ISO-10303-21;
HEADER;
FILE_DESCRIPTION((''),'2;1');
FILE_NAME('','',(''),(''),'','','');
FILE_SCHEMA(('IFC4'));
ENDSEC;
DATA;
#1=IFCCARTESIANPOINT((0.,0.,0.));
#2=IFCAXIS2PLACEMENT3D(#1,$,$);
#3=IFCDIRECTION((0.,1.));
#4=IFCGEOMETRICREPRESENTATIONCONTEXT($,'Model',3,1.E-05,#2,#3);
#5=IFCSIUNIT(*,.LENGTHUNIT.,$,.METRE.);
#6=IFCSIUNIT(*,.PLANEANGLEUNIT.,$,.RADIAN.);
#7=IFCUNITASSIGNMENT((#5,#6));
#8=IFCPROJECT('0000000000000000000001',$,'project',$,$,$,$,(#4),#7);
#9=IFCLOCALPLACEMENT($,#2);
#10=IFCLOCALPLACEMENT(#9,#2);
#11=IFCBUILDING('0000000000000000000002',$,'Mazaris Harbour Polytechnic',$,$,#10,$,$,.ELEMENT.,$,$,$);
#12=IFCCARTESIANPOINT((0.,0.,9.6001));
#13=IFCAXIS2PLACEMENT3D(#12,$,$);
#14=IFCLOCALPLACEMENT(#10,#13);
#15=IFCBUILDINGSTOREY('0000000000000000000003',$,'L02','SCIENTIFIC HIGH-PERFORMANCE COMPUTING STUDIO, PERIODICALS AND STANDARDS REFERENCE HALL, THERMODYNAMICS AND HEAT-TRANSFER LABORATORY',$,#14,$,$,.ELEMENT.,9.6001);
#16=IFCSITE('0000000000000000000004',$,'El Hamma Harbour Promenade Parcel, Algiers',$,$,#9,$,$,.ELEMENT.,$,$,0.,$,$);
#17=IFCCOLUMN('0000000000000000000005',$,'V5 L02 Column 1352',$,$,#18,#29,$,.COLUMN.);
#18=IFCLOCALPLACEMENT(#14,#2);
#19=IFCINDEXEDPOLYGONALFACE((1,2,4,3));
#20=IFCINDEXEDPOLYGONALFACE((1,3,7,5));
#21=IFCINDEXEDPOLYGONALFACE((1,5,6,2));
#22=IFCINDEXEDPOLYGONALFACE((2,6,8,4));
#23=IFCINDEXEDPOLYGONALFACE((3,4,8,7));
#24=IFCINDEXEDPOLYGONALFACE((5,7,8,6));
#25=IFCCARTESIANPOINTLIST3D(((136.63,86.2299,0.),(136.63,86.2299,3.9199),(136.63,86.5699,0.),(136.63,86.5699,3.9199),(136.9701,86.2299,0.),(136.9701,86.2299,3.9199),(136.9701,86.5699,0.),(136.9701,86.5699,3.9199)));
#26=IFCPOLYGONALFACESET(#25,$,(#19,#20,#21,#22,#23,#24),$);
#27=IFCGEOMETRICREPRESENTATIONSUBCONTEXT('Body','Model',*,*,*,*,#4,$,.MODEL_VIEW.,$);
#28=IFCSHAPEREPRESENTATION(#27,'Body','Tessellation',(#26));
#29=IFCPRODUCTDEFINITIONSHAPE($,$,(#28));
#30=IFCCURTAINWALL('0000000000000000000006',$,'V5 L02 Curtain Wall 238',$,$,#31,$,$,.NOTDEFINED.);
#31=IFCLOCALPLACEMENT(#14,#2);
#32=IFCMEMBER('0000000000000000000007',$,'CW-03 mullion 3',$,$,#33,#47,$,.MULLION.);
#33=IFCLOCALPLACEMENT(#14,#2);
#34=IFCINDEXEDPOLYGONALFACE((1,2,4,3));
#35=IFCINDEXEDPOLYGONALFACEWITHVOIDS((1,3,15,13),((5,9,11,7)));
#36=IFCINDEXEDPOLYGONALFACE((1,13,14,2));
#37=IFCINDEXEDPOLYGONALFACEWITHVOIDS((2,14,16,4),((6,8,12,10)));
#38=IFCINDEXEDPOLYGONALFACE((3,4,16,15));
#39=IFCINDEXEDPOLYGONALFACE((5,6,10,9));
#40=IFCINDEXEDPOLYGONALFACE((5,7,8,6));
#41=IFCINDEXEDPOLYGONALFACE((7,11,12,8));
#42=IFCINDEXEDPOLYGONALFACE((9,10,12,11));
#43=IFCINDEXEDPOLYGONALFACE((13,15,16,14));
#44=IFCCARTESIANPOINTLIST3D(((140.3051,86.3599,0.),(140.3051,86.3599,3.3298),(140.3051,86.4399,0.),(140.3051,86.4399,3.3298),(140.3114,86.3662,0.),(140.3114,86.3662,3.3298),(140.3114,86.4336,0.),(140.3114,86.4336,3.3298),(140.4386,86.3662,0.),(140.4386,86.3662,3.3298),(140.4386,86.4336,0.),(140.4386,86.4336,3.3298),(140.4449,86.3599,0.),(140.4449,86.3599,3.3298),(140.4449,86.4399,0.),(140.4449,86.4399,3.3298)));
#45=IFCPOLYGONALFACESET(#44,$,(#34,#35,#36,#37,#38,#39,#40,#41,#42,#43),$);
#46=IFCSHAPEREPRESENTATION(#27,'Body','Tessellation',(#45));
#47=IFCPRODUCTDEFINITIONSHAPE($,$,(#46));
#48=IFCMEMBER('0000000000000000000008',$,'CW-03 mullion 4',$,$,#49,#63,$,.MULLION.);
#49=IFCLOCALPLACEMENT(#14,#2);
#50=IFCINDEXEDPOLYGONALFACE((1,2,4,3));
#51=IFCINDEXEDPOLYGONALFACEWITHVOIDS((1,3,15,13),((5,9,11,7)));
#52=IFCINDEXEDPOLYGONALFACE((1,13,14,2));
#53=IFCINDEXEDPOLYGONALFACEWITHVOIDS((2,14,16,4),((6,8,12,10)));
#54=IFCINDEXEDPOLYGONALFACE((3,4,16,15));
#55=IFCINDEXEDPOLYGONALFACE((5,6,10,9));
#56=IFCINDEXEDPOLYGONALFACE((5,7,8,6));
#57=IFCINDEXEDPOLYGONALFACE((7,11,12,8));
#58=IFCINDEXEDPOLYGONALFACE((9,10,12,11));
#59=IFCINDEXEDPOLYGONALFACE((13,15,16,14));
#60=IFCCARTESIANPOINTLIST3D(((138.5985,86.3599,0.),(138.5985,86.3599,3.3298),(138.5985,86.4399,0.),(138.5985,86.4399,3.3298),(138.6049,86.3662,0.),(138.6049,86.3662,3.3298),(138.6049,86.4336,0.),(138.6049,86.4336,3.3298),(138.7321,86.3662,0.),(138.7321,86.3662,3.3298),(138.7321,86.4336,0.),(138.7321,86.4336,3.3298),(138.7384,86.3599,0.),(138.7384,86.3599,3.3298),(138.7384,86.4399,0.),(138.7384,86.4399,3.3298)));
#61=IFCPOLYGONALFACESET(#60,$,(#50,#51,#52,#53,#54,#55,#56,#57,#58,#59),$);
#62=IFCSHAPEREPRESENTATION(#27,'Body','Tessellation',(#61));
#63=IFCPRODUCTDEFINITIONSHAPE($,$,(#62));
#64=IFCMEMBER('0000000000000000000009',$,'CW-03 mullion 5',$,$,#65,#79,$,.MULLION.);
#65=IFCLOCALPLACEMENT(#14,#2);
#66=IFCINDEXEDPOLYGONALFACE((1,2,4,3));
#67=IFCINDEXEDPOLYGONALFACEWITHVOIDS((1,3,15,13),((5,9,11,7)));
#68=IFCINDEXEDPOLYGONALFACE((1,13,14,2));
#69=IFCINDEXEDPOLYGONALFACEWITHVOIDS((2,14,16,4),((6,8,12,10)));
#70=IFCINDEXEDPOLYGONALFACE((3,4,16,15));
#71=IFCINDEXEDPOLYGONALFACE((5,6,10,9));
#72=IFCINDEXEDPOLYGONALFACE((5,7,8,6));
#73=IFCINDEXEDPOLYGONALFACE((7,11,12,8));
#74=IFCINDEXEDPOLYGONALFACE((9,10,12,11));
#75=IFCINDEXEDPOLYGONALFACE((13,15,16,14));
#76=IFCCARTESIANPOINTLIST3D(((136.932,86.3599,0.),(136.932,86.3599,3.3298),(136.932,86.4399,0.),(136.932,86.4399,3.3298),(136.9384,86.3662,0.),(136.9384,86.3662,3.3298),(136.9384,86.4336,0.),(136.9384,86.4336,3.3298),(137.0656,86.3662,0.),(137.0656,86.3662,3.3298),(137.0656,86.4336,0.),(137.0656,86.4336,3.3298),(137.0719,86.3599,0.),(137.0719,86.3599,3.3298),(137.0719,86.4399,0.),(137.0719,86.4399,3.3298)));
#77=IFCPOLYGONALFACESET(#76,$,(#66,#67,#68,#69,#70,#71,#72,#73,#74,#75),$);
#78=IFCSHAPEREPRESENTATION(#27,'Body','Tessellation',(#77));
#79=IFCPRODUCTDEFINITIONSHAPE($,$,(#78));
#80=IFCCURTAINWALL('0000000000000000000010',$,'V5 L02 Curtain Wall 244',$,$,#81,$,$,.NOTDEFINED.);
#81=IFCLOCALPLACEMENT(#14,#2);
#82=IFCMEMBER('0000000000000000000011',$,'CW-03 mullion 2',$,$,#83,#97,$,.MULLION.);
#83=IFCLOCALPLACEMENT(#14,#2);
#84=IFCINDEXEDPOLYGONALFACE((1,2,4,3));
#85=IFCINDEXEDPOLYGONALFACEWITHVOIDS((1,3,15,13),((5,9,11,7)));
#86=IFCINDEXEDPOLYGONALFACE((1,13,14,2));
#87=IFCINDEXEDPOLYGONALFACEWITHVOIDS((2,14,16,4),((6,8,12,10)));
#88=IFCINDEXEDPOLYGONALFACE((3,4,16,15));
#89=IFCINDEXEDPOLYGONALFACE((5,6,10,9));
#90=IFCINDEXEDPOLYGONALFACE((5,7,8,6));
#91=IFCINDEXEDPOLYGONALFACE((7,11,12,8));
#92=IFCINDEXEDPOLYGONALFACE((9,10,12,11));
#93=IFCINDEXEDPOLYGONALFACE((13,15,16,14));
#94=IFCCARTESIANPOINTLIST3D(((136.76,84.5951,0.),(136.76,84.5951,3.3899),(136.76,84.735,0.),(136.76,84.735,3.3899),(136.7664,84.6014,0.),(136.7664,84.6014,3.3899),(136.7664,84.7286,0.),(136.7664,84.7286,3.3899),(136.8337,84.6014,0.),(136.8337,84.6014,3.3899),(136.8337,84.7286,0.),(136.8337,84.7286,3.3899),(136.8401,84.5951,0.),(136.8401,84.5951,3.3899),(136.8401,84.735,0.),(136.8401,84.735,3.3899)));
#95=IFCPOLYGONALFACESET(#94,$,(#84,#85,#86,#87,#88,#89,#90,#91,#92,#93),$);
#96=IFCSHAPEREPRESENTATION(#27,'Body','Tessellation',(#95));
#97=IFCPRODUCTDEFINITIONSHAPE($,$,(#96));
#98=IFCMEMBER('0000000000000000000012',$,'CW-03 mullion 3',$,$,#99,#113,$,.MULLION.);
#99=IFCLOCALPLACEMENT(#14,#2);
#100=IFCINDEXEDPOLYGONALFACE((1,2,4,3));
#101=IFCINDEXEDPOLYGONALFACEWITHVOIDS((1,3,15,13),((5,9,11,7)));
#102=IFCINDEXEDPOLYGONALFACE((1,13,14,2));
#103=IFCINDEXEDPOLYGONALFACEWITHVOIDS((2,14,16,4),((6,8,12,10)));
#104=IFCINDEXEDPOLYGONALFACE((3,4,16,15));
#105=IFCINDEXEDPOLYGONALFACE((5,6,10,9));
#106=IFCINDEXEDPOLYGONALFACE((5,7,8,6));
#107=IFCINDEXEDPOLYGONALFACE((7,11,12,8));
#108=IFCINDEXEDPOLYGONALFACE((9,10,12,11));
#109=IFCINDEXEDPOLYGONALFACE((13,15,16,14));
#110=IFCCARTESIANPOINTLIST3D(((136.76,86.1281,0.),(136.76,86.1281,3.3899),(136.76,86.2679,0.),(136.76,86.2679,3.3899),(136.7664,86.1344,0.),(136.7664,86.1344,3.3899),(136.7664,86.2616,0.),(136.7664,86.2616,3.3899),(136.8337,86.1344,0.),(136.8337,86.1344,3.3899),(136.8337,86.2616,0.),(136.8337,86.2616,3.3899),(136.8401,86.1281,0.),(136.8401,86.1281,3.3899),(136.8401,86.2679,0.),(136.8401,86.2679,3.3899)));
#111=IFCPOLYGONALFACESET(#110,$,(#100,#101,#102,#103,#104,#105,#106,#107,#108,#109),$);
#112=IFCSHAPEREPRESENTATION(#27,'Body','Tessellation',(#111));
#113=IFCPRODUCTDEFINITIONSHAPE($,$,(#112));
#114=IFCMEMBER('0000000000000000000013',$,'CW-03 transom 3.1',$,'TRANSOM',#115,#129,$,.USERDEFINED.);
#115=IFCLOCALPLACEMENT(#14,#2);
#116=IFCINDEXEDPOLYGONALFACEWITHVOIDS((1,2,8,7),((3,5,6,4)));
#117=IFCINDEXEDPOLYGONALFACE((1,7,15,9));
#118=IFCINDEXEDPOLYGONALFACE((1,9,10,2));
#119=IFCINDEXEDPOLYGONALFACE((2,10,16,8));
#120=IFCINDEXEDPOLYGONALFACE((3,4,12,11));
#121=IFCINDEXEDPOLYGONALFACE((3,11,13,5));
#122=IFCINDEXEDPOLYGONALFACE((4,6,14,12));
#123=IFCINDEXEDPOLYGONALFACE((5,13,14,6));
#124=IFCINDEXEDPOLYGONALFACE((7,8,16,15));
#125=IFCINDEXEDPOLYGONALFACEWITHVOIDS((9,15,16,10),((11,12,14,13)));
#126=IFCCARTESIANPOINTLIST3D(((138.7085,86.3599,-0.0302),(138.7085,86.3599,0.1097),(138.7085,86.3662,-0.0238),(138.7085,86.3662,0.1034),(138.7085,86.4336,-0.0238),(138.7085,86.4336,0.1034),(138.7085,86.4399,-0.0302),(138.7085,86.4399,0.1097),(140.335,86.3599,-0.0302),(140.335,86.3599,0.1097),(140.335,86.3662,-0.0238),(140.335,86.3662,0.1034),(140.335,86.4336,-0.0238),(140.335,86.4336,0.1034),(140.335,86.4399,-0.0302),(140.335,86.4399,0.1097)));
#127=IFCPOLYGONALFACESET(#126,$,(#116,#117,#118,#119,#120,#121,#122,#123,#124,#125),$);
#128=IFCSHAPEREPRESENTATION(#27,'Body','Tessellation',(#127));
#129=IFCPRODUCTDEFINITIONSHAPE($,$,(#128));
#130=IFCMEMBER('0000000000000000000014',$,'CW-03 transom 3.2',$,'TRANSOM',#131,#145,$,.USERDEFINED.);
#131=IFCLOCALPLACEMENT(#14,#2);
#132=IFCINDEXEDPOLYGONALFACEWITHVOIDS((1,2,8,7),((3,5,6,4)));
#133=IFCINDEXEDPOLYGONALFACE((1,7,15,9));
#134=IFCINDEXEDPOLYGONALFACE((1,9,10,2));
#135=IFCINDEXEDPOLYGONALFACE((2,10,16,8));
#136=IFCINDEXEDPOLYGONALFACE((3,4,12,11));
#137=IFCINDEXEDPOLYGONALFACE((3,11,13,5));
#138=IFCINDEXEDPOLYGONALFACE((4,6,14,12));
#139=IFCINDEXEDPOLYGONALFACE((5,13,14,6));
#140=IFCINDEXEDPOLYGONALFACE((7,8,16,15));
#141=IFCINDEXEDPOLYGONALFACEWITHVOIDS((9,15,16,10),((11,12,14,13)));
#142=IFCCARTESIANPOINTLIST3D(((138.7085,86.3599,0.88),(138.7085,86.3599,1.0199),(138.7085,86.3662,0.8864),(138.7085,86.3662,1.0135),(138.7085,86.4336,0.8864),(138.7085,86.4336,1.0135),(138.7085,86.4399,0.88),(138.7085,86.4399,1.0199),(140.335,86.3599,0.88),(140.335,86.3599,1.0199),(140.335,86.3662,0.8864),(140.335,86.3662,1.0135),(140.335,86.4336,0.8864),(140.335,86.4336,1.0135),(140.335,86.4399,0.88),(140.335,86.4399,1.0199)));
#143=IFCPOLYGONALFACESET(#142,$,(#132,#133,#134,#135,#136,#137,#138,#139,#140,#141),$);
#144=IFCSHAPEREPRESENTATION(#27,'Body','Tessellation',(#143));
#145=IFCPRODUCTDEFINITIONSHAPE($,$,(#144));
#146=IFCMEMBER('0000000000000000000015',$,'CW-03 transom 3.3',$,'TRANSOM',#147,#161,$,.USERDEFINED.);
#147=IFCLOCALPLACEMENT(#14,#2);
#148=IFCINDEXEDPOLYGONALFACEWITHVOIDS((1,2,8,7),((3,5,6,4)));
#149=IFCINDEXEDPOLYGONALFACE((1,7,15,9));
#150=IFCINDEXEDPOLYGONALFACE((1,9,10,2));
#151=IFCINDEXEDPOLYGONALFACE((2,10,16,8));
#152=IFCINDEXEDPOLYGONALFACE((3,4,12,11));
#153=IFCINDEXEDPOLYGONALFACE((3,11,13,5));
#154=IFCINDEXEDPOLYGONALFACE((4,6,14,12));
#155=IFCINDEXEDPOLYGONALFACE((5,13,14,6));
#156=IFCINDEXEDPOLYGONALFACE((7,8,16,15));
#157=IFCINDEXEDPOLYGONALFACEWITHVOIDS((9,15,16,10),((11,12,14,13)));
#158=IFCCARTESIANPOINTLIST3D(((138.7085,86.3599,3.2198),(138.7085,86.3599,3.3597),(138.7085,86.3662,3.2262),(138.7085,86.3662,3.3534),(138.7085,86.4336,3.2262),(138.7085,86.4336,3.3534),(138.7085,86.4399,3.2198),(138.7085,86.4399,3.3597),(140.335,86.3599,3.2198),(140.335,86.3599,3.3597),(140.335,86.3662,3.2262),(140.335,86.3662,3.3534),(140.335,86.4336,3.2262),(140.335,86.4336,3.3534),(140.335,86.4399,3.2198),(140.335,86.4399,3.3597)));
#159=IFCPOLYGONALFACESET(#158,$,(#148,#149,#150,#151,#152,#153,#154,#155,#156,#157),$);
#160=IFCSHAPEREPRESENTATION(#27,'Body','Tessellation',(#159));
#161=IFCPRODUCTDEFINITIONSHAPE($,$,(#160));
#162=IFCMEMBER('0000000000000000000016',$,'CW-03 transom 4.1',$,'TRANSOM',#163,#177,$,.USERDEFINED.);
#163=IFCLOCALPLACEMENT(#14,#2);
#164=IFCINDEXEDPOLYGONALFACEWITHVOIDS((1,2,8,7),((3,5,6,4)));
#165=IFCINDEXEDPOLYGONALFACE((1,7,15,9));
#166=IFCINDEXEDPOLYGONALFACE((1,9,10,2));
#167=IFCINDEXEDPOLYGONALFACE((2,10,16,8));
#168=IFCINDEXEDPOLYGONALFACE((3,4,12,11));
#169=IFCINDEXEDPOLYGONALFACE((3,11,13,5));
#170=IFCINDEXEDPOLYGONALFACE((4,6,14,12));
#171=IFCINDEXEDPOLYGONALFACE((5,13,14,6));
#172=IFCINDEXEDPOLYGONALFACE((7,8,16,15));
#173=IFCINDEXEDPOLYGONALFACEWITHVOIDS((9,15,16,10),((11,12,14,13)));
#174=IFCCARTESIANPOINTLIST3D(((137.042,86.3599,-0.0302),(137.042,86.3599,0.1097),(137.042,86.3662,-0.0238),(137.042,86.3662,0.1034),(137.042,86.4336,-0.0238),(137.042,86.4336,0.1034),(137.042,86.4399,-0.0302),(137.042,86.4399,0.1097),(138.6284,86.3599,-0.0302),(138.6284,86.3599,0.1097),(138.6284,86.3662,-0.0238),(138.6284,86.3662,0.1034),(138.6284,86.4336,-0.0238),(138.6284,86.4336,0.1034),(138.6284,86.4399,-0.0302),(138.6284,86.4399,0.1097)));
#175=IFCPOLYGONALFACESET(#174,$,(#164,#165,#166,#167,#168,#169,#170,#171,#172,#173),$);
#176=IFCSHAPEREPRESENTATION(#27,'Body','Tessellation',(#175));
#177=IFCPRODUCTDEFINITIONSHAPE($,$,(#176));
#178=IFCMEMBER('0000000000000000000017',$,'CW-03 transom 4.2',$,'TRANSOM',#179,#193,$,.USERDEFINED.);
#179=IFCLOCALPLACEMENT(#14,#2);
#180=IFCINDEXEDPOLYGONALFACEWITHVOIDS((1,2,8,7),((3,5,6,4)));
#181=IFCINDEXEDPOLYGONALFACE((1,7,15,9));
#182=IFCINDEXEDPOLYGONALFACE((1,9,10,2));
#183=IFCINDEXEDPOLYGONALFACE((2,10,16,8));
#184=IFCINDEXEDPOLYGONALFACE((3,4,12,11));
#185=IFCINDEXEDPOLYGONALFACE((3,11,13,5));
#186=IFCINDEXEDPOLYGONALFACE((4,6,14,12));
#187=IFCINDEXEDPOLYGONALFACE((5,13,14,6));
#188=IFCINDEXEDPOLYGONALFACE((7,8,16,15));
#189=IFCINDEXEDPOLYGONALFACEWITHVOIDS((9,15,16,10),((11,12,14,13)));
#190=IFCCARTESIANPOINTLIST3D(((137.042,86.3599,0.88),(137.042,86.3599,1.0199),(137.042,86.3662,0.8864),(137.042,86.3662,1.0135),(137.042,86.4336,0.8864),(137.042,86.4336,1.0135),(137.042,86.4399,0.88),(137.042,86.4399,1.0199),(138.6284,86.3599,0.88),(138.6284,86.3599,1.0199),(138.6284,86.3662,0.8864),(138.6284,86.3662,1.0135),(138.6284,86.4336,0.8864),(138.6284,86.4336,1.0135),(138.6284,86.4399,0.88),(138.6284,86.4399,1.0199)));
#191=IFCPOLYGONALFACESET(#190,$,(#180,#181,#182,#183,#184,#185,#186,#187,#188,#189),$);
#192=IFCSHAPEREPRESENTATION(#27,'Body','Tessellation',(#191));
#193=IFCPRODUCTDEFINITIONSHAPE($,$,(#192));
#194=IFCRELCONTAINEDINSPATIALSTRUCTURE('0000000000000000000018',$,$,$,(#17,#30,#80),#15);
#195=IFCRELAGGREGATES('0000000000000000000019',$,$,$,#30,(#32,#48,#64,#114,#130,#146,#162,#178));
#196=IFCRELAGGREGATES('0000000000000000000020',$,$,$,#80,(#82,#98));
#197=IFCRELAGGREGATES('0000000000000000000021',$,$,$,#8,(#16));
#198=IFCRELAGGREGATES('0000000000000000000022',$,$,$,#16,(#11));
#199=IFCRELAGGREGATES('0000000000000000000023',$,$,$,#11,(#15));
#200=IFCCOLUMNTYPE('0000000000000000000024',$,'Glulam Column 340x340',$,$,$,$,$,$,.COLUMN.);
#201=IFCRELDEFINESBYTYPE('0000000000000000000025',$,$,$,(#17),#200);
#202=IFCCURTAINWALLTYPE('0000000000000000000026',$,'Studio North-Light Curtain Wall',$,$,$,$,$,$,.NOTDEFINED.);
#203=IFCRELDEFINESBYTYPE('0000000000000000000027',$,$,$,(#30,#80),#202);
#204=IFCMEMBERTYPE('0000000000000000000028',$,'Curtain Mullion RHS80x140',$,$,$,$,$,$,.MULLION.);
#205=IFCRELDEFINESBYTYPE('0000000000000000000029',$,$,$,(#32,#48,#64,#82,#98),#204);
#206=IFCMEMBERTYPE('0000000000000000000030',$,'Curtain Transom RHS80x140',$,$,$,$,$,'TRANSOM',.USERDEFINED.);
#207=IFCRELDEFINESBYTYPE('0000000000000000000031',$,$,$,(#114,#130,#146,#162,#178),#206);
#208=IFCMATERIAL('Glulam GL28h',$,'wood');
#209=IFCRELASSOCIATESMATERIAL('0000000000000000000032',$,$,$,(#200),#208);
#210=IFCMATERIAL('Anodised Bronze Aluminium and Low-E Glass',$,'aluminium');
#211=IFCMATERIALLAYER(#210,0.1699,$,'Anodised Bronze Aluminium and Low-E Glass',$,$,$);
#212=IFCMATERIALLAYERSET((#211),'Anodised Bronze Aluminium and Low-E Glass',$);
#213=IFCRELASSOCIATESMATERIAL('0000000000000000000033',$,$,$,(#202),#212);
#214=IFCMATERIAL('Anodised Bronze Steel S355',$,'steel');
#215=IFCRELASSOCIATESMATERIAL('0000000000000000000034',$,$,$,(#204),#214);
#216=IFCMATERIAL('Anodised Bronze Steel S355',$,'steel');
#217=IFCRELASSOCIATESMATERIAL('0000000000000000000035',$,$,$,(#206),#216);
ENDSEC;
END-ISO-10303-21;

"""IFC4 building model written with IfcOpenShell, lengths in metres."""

from ifc_helpers import new_model, si_unit, direction, frame, origin, origin_2d, place, context, subcontext, project, spatial, rectangle, hollow_rectangle, extrude, material, layer, layer_set, material_profile, profile_set, type_object, element, aggregate, save


model = new_model("IFC4")

# Units and contexts
model_context = context("Model", 3, precision=1e-05, world=origin(), true_north=direction((0.0, 1.0)))
body_context = subcontext(model_context, "Body", "Model", "MODEL_VIEW")
ifc_project = project(units=[si_unit("LENGTHUNIT", "METRE"), si_unit("PLANEANGLEUNIT", "RADIAN")], contexts=[model_context])

# Site, building, storey
site_placement = place(None, origin())
site = spatial("IfcSite", under=ifc_project, at=site_placement, Name="El Hamma Harbour Promenade Parcel, Algiers", CompositionType="ELEMENT", RefElevation=0.0)
building_placement = place(site_placement, origin())
building = spatial("IfcBuilding", under=site, at=building_placement, Name="Mazaris Harbour Polytechnic", CompositionType="ELEMENT")
storey_placement = place(building_placement, frame((0.0, 0.0, 9.6001)))
storey = spatial("IfcBuildingStorey", under=building, at=storey_placement, Name="L02", Description="SCIENTIFIC HIGH-PERFORMANCE COMPUTING STUDIO, PERIODICALS AND STANDARDS REFERENCE HALL, THERMODYNAMICS AND HEAT-TRANSFER LABORATORY", CompositionType="ELEMENT", Elevation=9.6001)

# Column
ifc_material_1 = material(Name="Glulam GL28h", Category="wood")
ifc_material_profile_1 = material_profile(ifc_material_1, rectangle(XDim=0.3401, YDim=0.3401, at=origin_2d()), Name="RECT340x340")
ifc_profile_set_1 = profile_set([ifc_material_profile_1], Name="Glulam GL28h")
column_type = type_object("IfcColumnType", Name="Glulam Column 340x340", PredefinedType="COLUMN", material=ifc_profile_set_1)
column_placement = place(storey_placement, frame((136.8, 86.3999, 0.0), z_axis=(0.0, 0.0, 1.0), x_axis=(1.0, 0.0, 0.0)))
element("IfcColumn", 1, at=column_placement, inside=storey, type_object=column_type, Name="V5 L02 Column 1352", PredefinedType="COLUMN", context=body_context, shape_type="SweptSolid", body=[
    extrude(rectangle(XDim=0.3401, YDim=0.3401, at=origin_2d()), origin(), (0.0, 0.0, 1.0), 3.9199),
])

# Curtain walls, members
ifc_material_2 = material(Name="Anodised Bronze Aluminium and Low-E Glass", Category="aluminium")
ifc_layer_1 = layer(ifc_material_2, 0.1699, Name="Anodised Bronze Aluminium and Low-E Glass")
ifc_layer_set_1 = layer_set([ifc_layer_1], Name="Anodised Bronze Aluminium and Low-E Glass")
curtain_wall_type = type_object("IfcCurtainWallType", Name="Studio North-Light Curtain Wall", PredefinedType="NOTDEFINED", material=ifc_layer_set_1)
curtain_wall_1_placement = place(storey_placement, origin())
curtain_wall_1 = element("IfcCurtainWall", 2, at=curtain_wall_1_placement, inside=storey, type_object=curtain_wall_type, Name="V5 L02 Curtain Wall 238", PredefinedType="NOTDEFINED")
ifc_material_3 = material(Name="Anodised Bronze Steel S355", Category="steel")
ifc_material_profile_2 = material_profile(ifc_material_3, hollow_rectangle(XDim=0.0801, YDim=0.1399, WallThickness=0.0063, at=origin_2d()), Name="RHS 80x140x6.3")
ifc_profile_set_2 = profile_set([ifc_material_profile_2], Name="Anodised Bronze Steel S355")
member_type_1 = type_object("IfcMemberType", Name="Curtain Mullion RHS80x140", PredefinedType="MULLION", material=ifc_profile_set_2)
member_1_placement = place(storey_placement, frame((140.375, 86.3999, 0.0), z_axis=(0.0, 0.0, 1.0), x_axis=(0.0, -1.0, 0.0)))
member_1 = element("IfcMember", 3, at=member_1_placement, type_object=member_type_1, Name="CW-03 mullion 3", PredefinedType="MULLION", context=body_context, shape_type="SweptSolid", body=[
    extrude(hollow_rectangle(XDim=0.0801, YDim=0.1399, WallThickness=0.0063, at=origin_2d()), origin(), (0.0, 0.0, 1.0), 3.3298),
])
member_2_placement = place(storey_placement, frame((138.6685, 86.3999, 0.0), z_axis=(0.0, 0.0, 1.0), x_axis=(0.0, -1.0, 0.0)))
member_2 = element("IfcMember", 4, at=member_2_placement, type_object=member_type_1, Name="CW-03 mullion 4", PredefinedType="MULLION", context=body_context, shape_type="SweptSolid", body=[
    extrude(hollow_rectangle(XDim=0.0801, YDim=0.1399, WallThickness=0.0063, at=origin_2d()), origin(), (0.0, 0.0, 1.0), 3.3298),
])
member_3_placement = place(storey_placement, frame((137.002, 86.3999, 0.0), z_axis=(0.0, 0.0, 1.0), x_axis=(0.0, -1.0, 0.0)))
member_3 = element("IfcMember", 5, at=member_3_placement, type_object=member_type_1, Name="CW-03 mullion 5", PredefinedType="MULLION", context=body_context, shape_type="SweptSolid", body=[
    extrude(hollow_rectangle(XDim=0.0801, YDim=0.1399, WallThickness=0.0063, at=origin_2d()), origin(), (0.0, 0.0, 1.0), 3.3298),
])
curtain_wall_2_placement = place(storey_placement, origin())
curtain_wall_2 = element("IfcCurtainWall", 6, at=curtain_wall_2_placement, inside=storey, type_object=curtain_wall_type, Name="V5 L02 Curtain Wall 244", PredefinedType="NOTDEFINED")
member_4_placement = place(storey_placement, frame((136.8, 84.665, 0.0), z_axis=(0.0, 0.0, 1.0), x_axis=(-1.0, 0.0, 0.0)))
member_4 = element("IfcMember", 7, at=member_4_placement, type_object=member_type_1, Name="CW-03 mullion 2", PredefinedType="MULLION", context=body_context, shape_type="SweptSolid", body=[
    extrude(hollow_rectangle(XDim=0.0801, YDim=0.1399, WallThickness=0.0063, at=origin_2d()), origin(), (0.0, 0.0, 1.0), 3.3899),
])
member_5_placement = place(storey_placement, frame((136.8, 86.198, 0.0), z_axis=(0.0, 0.0, 1.0), x_axis=(-1.0, 0.0, 0.0)))
member_5 = element("IfcMember", 8, at=member_5_placement, type_object=member_type_1, Name="CW-03 mullion 3", PredefinedType="MULLION", context=body_context, shape_type="SweptSolid", body=[
    extrude(hollow_rectangle(XDim=0.0801, YDim=0.1399, WallThickness=0.0063, at=origin_2d()), origin(), (0.0, 0.0, 1.0), 3.3899),
])

# Members
ifc_material_4 = material(Name="Anodised Bronze Steel S355", Category="steel")
ifc_material_profile_3 = material_profile(ifc_material_4, hollow_rectangle(XDim=0.0801, YDim=0.1399, WallThickness=0.0063, at=origin_2d()), Name="RHS 80x140x6.3")
ifc_profile_set_3 = profile_set([ifc_material_profile_3], Name="Anodised Bronze Steel S355")
member_type_2 = type_object("IfcMemberType", Name="Curtain Transom RHS80x140", ElementType="TRANSOM", PredefinedType="USERDEFINED", material=ifc_profile_set_3)
member_6_placement = place(storey_placement, frame((140.335, 86.3999, 0.0398), z_axis=(-1.0, 0.0, 0.0), x_axis=(0.0, -1.0, 0.0)))
member_6 = element("IfcMember", 9, at=member_6_placement, type_object=member_type_2, Name="CW-03 transom 3.1", ObjectType="TRANSOM", PredefinedType="USERDEFINED", context=body_context, shape_type="SweptSolid", body=[
    extrude(hollow_rectangle(XDim=0.0801, YDim=0.1399, WallThickness=0.0063, at=origin_2d()), origin(), (0.0, 0.0, 1.0), 1.6265),
])
member_7_placement = place(storey_placement, frame((140.335, 86.3999, 0.95), z_axis=(-1.0, 0.0, 0.0), x_axis=(0.0, -1.0, 0.0)))
member_7 = element("IfcMember", 10, at=member_7_placement, type_object=member_type_2, Name="CW-03 transom 3.2", ObjectType="TRANSOM", PredefinedType="USERDEFINED", context=body_context, shape_type="SweptSolid", body=[
    extrude(hollow_rectangle(XDim=0.0801, YDim=0.1399, WallThickness=0.0063, at=origin_2d()), origin(), (0.0, 0.0, 1.0), 1.6265),
])
member_8_placement = place(storey_placement, frame((140.335, 86.3999, 3.2898), z_axis=(-1.0, 0.0, 0.0), x_axis=(0.0, -1.0, 0.0)))
member_8 = element("IfcMember", 11, at=member_8_placement, type_object=member_type_2, Name="CW-03 transom 3.3", ObjectType="TRANSOM", PredefinedType="USERDEFINED", context=body_context, shape_type="SweptSolid", body=[
    extrude(hollow_rectangle(XDim=0.0801, YDim=0.1399, WallThickness=0.0063, at=origin_2d()), origin(), (0.0, 0.0, 1.0), 1.6265),
])
member_9_placement = place(storey_placement, frame((138.6284, 86.3999, 0.0398), z_axis=(-1.0, 0.0, 0.0), x_axis=(0.0, -1.0, 0.0)))
member_9 = element("IfcMember", 12, at=member_9_placement, type_object=member_type_2, Name="CW-03 transom 4.1", ObjectType="TRANSOM", PredefinedType="USERDEFINED", context=body_context, shape_type="SweptSolid", body=[
    extrude(hollow_rectangle(XDim=0.0801, YDim=0.1399, WallThickness=0.0063, at=origin_2d()), origin(), (0.0, 0.0, 1.0), 1.5864),
])
member_10_placement = place(storey_placement, frame((138.6284, 86.3999, 0.95), z_axis=(-1.0, 0.0, 0.0), x_axis=(0.0, -1.0, 0.0)))
member_10 = element("IfcMember", 13, at=member_10_placement, type_object=member_type_2, Name="CW-03 transom 4.2", ObjectType="TRANSOM", PredefinedType="USERDEFINED", context=body_context, shape_type="SweptSolid", body=[
    extrude(hollow_rectangle(XDim=0.0801, YDim=0.1399, WallThickness=0.0063, at=origin_2d()), origin(), (0.0, 0.0, 1.0), 1.5864),
])

aggregate(curtain_wall_1, [member_1, member_2, member_3, member_6, member_7, member_8, member_9, member_10])
aggregate(curtain_wall_2, [member_4, member_5])

save(model, "model.ifc")
